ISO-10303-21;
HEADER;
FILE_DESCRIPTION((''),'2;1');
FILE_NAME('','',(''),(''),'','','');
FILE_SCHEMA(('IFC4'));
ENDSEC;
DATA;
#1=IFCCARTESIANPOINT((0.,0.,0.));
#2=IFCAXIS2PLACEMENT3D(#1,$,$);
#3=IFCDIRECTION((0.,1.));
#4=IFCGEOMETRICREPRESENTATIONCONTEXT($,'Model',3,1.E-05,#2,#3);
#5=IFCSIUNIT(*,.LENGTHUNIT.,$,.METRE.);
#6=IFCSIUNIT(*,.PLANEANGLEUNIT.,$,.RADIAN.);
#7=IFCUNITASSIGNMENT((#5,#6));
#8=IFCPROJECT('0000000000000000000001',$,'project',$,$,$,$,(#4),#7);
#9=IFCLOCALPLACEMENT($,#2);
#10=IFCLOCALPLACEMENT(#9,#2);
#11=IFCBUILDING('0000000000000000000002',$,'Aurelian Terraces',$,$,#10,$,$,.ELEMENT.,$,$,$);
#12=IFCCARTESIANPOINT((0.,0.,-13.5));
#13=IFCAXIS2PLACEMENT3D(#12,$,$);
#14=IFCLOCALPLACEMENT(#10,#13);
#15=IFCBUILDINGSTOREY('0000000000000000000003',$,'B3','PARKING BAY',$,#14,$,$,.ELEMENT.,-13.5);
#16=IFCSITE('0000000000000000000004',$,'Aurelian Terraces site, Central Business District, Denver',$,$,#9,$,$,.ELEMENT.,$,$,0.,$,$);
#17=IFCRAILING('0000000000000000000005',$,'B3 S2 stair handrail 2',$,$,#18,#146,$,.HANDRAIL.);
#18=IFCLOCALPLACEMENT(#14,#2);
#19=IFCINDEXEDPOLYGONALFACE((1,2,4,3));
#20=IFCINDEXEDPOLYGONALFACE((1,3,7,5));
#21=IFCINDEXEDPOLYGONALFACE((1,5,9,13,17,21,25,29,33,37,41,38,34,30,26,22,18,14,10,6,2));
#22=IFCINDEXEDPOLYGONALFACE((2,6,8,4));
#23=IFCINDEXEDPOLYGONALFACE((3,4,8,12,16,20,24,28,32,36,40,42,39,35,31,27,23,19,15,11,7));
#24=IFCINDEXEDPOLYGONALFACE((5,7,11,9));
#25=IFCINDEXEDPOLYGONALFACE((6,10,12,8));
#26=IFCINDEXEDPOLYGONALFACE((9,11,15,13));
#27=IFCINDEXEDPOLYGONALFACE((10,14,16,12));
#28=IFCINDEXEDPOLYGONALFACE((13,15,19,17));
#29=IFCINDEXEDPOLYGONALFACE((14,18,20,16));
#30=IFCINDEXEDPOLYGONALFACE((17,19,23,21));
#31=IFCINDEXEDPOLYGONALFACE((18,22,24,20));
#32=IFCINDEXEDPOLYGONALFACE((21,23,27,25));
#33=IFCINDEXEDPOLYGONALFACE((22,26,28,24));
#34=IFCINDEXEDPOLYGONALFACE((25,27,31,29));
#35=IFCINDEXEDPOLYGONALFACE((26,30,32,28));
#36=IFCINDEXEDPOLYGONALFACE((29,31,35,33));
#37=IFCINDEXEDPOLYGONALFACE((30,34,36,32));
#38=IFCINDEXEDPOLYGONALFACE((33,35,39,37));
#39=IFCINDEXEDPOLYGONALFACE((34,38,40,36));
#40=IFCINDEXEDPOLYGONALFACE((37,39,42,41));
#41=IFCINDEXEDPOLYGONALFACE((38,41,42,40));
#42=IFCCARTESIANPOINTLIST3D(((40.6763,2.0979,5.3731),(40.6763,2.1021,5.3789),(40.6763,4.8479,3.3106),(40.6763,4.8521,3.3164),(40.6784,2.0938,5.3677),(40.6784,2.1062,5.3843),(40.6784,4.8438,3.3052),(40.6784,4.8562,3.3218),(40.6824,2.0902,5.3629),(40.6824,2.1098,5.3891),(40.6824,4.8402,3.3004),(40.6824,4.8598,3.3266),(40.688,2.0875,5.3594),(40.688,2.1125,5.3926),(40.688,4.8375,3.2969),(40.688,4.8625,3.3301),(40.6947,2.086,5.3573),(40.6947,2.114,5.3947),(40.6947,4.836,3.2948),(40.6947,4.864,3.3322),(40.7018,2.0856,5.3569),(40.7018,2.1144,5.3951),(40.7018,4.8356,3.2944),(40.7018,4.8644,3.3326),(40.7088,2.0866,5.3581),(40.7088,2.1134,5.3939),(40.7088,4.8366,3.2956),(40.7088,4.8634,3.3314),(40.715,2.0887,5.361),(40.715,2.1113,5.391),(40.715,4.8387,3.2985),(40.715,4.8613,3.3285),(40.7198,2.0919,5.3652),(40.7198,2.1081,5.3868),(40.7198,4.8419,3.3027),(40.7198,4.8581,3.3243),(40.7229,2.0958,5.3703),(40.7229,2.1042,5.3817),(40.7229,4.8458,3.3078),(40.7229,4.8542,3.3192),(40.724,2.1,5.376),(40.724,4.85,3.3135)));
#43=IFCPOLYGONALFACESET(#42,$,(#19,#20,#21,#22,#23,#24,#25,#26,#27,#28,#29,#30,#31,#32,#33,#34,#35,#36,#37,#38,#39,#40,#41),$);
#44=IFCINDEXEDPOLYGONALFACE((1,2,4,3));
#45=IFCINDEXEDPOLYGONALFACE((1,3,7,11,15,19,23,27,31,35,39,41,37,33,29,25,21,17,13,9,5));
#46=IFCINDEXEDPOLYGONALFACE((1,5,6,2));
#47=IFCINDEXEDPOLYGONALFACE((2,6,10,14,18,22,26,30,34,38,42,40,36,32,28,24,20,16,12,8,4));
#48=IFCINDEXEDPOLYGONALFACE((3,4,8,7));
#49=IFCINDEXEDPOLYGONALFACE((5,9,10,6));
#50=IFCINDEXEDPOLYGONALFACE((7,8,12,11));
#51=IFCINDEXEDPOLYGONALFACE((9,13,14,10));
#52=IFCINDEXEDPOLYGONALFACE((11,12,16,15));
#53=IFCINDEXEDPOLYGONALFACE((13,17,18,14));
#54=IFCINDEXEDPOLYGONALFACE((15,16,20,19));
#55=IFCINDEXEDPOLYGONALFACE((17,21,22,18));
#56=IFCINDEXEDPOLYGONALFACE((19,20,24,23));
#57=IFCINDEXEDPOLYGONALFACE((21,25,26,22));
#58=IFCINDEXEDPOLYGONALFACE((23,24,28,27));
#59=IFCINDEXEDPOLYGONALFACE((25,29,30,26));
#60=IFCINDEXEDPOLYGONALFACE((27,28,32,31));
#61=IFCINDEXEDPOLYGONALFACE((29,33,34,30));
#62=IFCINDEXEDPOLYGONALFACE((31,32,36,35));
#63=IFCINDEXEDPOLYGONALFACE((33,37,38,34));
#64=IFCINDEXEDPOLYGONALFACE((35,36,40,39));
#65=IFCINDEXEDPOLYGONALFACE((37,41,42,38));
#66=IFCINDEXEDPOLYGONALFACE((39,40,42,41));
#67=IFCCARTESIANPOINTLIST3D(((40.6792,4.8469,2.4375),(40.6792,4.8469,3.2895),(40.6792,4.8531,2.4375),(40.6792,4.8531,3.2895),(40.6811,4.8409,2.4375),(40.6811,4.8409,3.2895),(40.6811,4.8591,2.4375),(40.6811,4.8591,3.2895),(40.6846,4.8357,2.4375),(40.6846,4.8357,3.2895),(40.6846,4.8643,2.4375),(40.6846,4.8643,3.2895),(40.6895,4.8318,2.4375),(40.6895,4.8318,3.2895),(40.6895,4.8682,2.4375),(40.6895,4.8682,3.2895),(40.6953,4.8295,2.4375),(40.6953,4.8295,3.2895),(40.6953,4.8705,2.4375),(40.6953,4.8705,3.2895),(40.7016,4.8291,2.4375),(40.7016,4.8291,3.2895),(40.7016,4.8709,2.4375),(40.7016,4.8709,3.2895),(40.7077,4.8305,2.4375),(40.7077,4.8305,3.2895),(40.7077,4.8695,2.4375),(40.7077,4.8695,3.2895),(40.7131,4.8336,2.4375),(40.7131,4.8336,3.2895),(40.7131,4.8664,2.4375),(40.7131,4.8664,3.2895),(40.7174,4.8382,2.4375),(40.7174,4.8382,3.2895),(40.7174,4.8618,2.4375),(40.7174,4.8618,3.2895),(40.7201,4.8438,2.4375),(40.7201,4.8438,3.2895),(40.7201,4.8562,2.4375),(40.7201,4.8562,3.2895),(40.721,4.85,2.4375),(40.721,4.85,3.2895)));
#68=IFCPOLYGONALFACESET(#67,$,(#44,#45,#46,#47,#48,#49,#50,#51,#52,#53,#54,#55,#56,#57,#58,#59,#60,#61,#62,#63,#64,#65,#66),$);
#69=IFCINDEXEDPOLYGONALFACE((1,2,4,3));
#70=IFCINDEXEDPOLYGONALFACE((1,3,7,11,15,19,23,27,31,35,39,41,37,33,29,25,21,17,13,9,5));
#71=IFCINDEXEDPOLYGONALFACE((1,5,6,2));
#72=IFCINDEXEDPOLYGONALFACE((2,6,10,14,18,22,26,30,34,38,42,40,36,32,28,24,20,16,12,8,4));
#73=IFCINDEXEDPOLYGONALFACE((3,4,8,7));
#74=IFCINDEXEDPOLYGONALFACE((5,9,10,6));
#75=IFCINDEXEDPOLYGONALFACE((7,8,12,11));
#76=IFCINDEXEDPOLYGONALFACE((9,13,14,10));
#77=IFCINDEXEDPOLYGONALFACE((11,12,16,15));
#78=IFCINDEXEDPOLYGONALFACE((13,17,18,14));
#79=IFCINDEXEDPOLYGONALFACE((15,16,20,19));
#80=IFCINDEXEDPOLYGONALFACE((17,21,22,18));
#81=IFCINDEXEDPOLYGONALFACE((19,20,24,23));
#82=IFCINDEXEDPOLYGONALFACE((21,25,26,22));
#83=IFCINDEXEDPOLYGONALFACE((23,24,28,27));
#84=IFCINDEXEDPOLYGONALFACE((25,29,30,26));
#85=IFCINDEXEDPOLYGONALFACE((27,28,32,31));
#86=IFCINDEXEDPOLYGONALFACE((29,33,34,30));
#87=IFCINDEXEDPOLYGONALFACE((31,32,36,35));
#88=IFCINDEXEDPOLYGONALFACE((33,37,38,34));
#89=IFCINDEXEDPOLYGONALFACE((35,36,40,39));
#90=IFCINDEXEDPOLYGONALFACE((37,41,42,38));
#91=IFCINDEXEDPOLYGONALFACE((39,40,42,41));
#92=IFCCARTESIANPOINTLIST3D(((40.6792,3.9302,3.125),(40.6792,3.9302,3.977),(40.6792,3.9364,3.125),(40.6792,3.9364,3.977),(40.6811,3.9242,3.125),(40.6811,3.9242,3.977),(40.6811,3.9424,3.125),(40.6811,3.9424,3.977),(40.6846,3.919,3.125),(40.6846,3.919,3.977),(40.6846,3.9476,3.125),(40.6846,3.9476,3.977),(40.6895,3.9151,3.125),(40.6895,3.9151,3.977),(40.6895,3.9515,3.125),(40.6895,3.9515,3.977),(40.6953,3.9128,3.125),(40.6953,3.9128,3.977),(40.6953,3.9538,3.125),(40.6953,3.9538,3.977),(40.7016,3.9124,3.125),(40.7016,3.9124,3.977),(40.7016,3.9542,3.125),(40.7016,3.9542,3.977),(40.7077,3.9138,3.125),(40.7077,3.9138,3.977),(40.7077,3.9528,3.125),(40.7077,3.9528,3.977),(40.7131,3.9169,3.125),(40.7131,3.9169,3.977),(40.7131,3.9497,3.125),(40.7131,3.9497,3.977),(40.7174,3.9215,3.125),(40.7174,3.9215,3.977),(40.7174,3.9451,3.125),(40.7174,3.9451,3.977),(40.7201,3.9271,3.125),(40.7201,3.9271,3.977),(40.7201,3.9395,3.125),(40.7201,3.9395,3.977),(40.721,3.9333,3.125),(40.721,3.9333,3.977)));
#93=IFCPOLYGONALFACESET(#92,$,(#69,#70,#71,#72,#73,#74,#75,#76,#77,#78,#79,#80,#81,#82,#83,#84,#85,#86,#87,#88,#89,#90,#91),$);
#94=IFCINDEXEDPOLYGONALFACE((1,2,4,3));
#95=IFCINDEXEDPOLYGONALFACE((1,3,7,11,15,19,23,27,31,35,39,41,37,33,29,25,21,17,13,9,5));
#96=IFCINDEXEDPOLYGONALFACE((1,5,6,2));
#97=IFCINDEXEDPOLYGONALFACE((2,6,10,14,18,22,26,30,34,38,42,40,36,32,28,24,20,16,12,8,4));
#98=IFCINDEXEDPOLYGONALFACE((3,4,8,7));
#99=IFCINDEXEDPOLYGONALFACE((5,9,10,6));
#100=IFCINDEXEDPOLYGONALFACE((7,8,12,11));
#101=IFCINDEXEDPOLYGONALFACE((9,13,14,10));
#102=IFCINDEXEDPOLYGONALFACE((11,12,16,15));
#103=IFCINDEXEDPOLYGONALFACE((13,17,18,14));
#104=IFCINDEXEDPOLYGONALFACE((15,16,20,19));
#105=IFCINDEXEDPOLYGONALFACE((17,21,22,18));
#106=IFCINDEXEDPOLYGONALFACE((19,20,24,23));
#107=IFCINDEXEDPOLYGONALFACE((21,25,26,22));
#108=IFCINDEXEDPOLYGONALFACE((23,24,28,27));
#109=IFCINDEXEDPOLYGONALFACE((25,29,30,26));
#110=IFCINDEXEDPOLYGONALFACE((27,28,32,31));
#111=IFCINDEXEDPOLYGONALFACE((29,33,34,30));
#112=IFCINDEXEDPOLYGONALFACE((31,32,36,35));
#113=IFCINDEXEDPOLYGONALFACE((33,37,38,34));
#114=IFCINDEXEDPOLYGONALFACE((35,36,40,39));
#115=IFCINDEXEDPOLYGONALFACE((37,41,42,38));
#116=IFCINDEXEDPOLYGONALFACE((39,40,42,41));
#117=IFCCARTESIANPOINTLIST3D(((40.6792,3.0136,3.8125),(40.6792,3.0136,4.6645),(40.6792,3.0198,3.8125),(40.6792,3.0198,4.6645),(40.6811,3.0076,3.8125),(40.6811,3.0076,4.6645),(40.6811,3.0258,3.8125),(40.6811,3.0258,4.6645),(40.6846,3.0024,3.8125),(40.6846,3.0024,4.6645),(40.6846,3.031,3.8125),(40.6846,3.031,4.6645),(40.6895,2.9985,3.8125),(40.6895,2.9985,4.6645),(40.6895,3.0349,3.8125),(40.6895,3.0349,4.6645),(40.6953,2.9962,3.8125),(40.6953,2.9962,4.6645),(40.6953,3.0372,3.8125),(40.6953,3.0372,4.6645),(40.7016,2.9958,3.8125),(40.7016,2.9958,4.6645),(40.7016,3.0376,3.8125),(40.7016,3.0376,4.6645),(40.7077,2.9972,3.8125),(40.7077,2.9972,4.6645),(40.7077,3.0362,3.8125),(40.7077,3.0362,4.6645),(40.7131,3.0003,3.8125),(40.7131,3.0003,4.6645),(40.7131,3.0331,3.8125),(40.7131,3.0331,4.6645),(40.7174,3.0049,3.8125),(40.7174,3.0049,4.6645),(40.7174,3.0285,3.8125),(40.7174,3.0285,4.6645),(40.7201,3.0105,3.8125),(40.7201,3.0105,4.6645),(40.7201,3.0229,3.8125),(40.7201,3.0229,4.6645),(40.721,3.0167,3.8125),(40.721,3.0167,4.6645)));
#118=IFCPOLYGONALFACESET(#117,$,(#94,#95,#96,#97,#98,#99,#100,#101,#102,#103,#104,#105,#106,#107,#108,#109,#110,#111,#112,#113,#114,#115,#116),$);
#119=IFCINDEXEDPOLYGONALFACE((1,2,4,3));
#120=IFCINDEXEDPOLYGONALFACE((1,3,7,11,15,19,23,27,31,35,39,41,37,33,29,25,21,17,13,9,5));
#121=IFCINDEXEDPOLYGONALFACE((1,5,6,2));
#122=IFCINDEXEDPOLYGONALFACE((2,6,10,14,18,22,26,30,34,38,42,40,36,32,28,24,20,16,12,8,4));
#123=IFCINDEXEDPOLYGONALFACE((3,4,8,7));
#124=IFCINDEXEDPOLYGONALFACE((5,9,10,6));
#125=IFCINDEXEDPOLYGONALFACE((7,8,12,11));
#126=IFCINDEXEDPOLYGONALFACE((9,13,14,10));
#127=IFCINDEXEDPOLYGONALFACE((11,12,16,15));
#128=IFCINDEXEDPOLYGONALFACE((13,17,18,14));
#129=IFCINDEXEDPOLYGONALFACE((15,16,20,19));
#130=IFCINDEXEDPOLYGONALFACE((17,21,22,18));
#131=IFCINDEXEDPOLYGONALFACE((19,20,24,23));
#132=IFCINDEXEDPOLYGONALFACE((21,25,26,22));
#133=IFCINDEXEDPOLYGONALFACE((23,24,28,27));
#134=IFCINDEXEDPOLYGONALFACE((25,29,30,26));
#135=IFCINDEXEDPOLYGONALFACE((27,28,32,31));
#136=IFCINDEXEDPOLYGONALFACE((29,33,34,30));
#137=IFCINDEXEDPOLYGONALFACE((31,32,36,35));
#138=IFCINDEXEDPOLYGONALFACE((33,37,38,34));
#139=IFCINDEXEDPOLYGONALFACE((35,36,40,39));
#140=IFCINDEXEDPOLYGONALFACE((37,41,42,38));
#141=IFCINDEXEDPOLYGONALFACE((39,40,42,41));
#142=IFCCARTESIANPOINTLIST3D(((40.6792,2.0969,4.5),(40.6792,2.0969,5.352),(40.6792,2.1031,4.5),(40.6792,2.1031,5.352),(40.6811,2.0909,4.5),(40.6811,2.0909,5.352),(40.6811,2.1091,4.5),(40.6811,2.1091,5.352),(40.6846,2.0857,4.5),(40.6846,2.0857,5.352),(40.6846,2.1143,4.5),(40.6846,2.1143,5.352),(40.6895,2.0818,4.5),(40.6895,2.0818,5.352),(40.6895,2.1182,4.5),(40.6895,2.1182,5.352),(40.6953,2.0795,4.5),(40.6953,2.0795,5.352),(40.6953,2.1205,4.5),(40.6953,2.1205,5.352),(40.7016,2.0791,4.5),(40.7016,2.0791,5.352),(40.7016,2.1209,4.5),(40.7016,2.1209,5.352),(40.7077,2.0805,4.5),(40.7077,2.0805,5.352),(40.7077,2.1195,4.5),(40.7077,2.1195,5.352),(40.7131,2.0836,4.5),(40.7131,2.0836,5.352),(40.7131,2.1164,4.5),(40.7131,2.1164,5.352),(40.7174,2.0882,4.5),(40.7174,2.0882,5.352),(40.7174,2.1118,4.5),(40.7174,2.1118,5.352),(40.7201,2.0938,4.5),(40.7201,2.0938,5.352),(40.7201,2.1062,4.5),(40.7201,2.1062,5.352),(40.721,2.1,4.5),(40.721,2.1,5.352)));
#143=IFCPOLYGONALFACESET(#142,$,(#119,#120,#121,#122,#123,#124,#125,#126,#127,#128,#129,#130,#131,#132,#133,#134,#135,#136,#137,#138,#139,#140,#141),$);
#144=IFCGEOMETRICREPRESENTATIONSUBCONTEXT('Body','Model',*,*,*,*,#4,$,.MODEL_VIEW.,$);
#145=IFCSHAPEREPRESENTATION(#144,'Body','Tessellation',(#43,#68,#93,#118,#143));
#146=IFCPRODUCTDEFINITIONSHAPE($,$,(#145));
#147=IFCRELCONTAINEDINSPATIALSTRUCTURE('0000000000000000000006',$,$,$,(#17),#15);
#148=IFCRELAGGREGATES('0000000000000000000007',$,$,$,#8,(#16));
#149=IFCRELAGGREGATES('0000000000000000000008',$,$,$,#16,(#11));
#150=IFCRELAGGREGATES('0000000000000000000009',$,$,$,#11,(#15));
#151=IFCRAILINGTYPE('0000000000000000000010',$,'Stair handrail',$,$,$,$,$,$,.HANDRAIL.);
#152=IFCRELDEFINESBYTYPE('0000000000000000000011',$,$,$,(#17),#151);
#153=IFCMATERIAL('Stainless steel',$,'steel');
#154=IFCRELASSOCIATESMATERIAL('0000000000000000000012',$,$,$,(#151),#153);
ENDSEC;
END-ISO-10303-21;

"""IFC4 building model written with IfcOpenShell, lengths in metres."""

from ifc_helpers import new_model, si_unit, direction, frame, origin, origin_2d, place, context, subcontext, project, spatial, circle, extrude, source, transform, mapped, material, type_object, element, save


model = new_model("IFC4")

# Units and contexts
model_context = context("Model", 3, precision=1e-05, world=origin(), true_north=direction((0.0, 1.0)))
body_context = subcontext(model_context, "Body", "Model", "MODEL_VIEW")
ifc_project = project(units=[si_unit("LENGTHUNIT", "METRE"), si_unit("PLANEANGLEUNIT", "RADIAN")], contexts=[model_context])

# Site, building, storey
site_placement = place(None, origin())
site = spatial("IfcSite", under=ifc_project, at=site_placement, Name="Aurelian Terraces site, Central Business District, Denver", CompositionType="ELEMENT", RefElevation=0.0)
building_placement = place(site_placement, origin())
building = spatial("IfcBuilding", under=site, at=building_placement, Name="Aurelian Terraces", CompositionType="ELEMENT")
storey_placement = place(building_placement, frame((0.0, 0.0, -13.5)))
storey = spatial("IfcBuildingStorey", under=building, at=storey_placement, Name="B3", Description="PARKING BAY", CompositionType="ELEMENT", Elevation=-13.5)

# Railing
ifc_material_1 = material(Name="Stainless steel", Category="steel")
railing_type_1 = type_object("IfcRailingType", Name="Stair handrail", PredefinedType="HANDRAIL", material=ifc_material_1)
shared_shape_1 = source(origin(), body_context, "Body", "SweptSolid", [
    extrude(circle(Radius=0.024, at=origin_2d()), frame((0.0, 0.0, 0.876), z_axis=(0.0, -0.8, 0.6), x_axis=(1.0, 0.0, 0.0)), (0.0, 0.0, 1.0), 3.4375),
    extrude(circle(Radius=0.021, at=origin_2d()), origin(), (0.0, 0.0, 1.0), 0.852),
    extrude(circle(Radius=0.021, at=origin_2d()), frame((0.0, -0.9167, 0.6875)), (0.0, 0.0, 1.0), 0.852),
    extrude(circle(Radius=0.021, at=origin_2d()), frame((0.0, -1.8333, 1.375)), (0.0, 0.0, 1.0), 0.852),
    extrude(circle(Radius=0.021, at=origin_2d()), frame((0.0, -2.75, 2.0625)), (0.0, 0.0, 1.0), 0.852),
])
railing_1_placement = place(storey_placement, frame((40.7, 4.85, 2.4375)))
element("IfcRailing", 1, at=railing_1_placement, inside=storey, type_object=railing_type_1, Name="B3 S2 stair handrail 2", PredefinedType="HANDRAIL", context=body_context, shape_type="MappedRepresentation", body=[
    mapped(shared_shape_1, transform((0.0, 0.0, 0.0), scale=1.0)),
])

save(model, "model.ifc")
